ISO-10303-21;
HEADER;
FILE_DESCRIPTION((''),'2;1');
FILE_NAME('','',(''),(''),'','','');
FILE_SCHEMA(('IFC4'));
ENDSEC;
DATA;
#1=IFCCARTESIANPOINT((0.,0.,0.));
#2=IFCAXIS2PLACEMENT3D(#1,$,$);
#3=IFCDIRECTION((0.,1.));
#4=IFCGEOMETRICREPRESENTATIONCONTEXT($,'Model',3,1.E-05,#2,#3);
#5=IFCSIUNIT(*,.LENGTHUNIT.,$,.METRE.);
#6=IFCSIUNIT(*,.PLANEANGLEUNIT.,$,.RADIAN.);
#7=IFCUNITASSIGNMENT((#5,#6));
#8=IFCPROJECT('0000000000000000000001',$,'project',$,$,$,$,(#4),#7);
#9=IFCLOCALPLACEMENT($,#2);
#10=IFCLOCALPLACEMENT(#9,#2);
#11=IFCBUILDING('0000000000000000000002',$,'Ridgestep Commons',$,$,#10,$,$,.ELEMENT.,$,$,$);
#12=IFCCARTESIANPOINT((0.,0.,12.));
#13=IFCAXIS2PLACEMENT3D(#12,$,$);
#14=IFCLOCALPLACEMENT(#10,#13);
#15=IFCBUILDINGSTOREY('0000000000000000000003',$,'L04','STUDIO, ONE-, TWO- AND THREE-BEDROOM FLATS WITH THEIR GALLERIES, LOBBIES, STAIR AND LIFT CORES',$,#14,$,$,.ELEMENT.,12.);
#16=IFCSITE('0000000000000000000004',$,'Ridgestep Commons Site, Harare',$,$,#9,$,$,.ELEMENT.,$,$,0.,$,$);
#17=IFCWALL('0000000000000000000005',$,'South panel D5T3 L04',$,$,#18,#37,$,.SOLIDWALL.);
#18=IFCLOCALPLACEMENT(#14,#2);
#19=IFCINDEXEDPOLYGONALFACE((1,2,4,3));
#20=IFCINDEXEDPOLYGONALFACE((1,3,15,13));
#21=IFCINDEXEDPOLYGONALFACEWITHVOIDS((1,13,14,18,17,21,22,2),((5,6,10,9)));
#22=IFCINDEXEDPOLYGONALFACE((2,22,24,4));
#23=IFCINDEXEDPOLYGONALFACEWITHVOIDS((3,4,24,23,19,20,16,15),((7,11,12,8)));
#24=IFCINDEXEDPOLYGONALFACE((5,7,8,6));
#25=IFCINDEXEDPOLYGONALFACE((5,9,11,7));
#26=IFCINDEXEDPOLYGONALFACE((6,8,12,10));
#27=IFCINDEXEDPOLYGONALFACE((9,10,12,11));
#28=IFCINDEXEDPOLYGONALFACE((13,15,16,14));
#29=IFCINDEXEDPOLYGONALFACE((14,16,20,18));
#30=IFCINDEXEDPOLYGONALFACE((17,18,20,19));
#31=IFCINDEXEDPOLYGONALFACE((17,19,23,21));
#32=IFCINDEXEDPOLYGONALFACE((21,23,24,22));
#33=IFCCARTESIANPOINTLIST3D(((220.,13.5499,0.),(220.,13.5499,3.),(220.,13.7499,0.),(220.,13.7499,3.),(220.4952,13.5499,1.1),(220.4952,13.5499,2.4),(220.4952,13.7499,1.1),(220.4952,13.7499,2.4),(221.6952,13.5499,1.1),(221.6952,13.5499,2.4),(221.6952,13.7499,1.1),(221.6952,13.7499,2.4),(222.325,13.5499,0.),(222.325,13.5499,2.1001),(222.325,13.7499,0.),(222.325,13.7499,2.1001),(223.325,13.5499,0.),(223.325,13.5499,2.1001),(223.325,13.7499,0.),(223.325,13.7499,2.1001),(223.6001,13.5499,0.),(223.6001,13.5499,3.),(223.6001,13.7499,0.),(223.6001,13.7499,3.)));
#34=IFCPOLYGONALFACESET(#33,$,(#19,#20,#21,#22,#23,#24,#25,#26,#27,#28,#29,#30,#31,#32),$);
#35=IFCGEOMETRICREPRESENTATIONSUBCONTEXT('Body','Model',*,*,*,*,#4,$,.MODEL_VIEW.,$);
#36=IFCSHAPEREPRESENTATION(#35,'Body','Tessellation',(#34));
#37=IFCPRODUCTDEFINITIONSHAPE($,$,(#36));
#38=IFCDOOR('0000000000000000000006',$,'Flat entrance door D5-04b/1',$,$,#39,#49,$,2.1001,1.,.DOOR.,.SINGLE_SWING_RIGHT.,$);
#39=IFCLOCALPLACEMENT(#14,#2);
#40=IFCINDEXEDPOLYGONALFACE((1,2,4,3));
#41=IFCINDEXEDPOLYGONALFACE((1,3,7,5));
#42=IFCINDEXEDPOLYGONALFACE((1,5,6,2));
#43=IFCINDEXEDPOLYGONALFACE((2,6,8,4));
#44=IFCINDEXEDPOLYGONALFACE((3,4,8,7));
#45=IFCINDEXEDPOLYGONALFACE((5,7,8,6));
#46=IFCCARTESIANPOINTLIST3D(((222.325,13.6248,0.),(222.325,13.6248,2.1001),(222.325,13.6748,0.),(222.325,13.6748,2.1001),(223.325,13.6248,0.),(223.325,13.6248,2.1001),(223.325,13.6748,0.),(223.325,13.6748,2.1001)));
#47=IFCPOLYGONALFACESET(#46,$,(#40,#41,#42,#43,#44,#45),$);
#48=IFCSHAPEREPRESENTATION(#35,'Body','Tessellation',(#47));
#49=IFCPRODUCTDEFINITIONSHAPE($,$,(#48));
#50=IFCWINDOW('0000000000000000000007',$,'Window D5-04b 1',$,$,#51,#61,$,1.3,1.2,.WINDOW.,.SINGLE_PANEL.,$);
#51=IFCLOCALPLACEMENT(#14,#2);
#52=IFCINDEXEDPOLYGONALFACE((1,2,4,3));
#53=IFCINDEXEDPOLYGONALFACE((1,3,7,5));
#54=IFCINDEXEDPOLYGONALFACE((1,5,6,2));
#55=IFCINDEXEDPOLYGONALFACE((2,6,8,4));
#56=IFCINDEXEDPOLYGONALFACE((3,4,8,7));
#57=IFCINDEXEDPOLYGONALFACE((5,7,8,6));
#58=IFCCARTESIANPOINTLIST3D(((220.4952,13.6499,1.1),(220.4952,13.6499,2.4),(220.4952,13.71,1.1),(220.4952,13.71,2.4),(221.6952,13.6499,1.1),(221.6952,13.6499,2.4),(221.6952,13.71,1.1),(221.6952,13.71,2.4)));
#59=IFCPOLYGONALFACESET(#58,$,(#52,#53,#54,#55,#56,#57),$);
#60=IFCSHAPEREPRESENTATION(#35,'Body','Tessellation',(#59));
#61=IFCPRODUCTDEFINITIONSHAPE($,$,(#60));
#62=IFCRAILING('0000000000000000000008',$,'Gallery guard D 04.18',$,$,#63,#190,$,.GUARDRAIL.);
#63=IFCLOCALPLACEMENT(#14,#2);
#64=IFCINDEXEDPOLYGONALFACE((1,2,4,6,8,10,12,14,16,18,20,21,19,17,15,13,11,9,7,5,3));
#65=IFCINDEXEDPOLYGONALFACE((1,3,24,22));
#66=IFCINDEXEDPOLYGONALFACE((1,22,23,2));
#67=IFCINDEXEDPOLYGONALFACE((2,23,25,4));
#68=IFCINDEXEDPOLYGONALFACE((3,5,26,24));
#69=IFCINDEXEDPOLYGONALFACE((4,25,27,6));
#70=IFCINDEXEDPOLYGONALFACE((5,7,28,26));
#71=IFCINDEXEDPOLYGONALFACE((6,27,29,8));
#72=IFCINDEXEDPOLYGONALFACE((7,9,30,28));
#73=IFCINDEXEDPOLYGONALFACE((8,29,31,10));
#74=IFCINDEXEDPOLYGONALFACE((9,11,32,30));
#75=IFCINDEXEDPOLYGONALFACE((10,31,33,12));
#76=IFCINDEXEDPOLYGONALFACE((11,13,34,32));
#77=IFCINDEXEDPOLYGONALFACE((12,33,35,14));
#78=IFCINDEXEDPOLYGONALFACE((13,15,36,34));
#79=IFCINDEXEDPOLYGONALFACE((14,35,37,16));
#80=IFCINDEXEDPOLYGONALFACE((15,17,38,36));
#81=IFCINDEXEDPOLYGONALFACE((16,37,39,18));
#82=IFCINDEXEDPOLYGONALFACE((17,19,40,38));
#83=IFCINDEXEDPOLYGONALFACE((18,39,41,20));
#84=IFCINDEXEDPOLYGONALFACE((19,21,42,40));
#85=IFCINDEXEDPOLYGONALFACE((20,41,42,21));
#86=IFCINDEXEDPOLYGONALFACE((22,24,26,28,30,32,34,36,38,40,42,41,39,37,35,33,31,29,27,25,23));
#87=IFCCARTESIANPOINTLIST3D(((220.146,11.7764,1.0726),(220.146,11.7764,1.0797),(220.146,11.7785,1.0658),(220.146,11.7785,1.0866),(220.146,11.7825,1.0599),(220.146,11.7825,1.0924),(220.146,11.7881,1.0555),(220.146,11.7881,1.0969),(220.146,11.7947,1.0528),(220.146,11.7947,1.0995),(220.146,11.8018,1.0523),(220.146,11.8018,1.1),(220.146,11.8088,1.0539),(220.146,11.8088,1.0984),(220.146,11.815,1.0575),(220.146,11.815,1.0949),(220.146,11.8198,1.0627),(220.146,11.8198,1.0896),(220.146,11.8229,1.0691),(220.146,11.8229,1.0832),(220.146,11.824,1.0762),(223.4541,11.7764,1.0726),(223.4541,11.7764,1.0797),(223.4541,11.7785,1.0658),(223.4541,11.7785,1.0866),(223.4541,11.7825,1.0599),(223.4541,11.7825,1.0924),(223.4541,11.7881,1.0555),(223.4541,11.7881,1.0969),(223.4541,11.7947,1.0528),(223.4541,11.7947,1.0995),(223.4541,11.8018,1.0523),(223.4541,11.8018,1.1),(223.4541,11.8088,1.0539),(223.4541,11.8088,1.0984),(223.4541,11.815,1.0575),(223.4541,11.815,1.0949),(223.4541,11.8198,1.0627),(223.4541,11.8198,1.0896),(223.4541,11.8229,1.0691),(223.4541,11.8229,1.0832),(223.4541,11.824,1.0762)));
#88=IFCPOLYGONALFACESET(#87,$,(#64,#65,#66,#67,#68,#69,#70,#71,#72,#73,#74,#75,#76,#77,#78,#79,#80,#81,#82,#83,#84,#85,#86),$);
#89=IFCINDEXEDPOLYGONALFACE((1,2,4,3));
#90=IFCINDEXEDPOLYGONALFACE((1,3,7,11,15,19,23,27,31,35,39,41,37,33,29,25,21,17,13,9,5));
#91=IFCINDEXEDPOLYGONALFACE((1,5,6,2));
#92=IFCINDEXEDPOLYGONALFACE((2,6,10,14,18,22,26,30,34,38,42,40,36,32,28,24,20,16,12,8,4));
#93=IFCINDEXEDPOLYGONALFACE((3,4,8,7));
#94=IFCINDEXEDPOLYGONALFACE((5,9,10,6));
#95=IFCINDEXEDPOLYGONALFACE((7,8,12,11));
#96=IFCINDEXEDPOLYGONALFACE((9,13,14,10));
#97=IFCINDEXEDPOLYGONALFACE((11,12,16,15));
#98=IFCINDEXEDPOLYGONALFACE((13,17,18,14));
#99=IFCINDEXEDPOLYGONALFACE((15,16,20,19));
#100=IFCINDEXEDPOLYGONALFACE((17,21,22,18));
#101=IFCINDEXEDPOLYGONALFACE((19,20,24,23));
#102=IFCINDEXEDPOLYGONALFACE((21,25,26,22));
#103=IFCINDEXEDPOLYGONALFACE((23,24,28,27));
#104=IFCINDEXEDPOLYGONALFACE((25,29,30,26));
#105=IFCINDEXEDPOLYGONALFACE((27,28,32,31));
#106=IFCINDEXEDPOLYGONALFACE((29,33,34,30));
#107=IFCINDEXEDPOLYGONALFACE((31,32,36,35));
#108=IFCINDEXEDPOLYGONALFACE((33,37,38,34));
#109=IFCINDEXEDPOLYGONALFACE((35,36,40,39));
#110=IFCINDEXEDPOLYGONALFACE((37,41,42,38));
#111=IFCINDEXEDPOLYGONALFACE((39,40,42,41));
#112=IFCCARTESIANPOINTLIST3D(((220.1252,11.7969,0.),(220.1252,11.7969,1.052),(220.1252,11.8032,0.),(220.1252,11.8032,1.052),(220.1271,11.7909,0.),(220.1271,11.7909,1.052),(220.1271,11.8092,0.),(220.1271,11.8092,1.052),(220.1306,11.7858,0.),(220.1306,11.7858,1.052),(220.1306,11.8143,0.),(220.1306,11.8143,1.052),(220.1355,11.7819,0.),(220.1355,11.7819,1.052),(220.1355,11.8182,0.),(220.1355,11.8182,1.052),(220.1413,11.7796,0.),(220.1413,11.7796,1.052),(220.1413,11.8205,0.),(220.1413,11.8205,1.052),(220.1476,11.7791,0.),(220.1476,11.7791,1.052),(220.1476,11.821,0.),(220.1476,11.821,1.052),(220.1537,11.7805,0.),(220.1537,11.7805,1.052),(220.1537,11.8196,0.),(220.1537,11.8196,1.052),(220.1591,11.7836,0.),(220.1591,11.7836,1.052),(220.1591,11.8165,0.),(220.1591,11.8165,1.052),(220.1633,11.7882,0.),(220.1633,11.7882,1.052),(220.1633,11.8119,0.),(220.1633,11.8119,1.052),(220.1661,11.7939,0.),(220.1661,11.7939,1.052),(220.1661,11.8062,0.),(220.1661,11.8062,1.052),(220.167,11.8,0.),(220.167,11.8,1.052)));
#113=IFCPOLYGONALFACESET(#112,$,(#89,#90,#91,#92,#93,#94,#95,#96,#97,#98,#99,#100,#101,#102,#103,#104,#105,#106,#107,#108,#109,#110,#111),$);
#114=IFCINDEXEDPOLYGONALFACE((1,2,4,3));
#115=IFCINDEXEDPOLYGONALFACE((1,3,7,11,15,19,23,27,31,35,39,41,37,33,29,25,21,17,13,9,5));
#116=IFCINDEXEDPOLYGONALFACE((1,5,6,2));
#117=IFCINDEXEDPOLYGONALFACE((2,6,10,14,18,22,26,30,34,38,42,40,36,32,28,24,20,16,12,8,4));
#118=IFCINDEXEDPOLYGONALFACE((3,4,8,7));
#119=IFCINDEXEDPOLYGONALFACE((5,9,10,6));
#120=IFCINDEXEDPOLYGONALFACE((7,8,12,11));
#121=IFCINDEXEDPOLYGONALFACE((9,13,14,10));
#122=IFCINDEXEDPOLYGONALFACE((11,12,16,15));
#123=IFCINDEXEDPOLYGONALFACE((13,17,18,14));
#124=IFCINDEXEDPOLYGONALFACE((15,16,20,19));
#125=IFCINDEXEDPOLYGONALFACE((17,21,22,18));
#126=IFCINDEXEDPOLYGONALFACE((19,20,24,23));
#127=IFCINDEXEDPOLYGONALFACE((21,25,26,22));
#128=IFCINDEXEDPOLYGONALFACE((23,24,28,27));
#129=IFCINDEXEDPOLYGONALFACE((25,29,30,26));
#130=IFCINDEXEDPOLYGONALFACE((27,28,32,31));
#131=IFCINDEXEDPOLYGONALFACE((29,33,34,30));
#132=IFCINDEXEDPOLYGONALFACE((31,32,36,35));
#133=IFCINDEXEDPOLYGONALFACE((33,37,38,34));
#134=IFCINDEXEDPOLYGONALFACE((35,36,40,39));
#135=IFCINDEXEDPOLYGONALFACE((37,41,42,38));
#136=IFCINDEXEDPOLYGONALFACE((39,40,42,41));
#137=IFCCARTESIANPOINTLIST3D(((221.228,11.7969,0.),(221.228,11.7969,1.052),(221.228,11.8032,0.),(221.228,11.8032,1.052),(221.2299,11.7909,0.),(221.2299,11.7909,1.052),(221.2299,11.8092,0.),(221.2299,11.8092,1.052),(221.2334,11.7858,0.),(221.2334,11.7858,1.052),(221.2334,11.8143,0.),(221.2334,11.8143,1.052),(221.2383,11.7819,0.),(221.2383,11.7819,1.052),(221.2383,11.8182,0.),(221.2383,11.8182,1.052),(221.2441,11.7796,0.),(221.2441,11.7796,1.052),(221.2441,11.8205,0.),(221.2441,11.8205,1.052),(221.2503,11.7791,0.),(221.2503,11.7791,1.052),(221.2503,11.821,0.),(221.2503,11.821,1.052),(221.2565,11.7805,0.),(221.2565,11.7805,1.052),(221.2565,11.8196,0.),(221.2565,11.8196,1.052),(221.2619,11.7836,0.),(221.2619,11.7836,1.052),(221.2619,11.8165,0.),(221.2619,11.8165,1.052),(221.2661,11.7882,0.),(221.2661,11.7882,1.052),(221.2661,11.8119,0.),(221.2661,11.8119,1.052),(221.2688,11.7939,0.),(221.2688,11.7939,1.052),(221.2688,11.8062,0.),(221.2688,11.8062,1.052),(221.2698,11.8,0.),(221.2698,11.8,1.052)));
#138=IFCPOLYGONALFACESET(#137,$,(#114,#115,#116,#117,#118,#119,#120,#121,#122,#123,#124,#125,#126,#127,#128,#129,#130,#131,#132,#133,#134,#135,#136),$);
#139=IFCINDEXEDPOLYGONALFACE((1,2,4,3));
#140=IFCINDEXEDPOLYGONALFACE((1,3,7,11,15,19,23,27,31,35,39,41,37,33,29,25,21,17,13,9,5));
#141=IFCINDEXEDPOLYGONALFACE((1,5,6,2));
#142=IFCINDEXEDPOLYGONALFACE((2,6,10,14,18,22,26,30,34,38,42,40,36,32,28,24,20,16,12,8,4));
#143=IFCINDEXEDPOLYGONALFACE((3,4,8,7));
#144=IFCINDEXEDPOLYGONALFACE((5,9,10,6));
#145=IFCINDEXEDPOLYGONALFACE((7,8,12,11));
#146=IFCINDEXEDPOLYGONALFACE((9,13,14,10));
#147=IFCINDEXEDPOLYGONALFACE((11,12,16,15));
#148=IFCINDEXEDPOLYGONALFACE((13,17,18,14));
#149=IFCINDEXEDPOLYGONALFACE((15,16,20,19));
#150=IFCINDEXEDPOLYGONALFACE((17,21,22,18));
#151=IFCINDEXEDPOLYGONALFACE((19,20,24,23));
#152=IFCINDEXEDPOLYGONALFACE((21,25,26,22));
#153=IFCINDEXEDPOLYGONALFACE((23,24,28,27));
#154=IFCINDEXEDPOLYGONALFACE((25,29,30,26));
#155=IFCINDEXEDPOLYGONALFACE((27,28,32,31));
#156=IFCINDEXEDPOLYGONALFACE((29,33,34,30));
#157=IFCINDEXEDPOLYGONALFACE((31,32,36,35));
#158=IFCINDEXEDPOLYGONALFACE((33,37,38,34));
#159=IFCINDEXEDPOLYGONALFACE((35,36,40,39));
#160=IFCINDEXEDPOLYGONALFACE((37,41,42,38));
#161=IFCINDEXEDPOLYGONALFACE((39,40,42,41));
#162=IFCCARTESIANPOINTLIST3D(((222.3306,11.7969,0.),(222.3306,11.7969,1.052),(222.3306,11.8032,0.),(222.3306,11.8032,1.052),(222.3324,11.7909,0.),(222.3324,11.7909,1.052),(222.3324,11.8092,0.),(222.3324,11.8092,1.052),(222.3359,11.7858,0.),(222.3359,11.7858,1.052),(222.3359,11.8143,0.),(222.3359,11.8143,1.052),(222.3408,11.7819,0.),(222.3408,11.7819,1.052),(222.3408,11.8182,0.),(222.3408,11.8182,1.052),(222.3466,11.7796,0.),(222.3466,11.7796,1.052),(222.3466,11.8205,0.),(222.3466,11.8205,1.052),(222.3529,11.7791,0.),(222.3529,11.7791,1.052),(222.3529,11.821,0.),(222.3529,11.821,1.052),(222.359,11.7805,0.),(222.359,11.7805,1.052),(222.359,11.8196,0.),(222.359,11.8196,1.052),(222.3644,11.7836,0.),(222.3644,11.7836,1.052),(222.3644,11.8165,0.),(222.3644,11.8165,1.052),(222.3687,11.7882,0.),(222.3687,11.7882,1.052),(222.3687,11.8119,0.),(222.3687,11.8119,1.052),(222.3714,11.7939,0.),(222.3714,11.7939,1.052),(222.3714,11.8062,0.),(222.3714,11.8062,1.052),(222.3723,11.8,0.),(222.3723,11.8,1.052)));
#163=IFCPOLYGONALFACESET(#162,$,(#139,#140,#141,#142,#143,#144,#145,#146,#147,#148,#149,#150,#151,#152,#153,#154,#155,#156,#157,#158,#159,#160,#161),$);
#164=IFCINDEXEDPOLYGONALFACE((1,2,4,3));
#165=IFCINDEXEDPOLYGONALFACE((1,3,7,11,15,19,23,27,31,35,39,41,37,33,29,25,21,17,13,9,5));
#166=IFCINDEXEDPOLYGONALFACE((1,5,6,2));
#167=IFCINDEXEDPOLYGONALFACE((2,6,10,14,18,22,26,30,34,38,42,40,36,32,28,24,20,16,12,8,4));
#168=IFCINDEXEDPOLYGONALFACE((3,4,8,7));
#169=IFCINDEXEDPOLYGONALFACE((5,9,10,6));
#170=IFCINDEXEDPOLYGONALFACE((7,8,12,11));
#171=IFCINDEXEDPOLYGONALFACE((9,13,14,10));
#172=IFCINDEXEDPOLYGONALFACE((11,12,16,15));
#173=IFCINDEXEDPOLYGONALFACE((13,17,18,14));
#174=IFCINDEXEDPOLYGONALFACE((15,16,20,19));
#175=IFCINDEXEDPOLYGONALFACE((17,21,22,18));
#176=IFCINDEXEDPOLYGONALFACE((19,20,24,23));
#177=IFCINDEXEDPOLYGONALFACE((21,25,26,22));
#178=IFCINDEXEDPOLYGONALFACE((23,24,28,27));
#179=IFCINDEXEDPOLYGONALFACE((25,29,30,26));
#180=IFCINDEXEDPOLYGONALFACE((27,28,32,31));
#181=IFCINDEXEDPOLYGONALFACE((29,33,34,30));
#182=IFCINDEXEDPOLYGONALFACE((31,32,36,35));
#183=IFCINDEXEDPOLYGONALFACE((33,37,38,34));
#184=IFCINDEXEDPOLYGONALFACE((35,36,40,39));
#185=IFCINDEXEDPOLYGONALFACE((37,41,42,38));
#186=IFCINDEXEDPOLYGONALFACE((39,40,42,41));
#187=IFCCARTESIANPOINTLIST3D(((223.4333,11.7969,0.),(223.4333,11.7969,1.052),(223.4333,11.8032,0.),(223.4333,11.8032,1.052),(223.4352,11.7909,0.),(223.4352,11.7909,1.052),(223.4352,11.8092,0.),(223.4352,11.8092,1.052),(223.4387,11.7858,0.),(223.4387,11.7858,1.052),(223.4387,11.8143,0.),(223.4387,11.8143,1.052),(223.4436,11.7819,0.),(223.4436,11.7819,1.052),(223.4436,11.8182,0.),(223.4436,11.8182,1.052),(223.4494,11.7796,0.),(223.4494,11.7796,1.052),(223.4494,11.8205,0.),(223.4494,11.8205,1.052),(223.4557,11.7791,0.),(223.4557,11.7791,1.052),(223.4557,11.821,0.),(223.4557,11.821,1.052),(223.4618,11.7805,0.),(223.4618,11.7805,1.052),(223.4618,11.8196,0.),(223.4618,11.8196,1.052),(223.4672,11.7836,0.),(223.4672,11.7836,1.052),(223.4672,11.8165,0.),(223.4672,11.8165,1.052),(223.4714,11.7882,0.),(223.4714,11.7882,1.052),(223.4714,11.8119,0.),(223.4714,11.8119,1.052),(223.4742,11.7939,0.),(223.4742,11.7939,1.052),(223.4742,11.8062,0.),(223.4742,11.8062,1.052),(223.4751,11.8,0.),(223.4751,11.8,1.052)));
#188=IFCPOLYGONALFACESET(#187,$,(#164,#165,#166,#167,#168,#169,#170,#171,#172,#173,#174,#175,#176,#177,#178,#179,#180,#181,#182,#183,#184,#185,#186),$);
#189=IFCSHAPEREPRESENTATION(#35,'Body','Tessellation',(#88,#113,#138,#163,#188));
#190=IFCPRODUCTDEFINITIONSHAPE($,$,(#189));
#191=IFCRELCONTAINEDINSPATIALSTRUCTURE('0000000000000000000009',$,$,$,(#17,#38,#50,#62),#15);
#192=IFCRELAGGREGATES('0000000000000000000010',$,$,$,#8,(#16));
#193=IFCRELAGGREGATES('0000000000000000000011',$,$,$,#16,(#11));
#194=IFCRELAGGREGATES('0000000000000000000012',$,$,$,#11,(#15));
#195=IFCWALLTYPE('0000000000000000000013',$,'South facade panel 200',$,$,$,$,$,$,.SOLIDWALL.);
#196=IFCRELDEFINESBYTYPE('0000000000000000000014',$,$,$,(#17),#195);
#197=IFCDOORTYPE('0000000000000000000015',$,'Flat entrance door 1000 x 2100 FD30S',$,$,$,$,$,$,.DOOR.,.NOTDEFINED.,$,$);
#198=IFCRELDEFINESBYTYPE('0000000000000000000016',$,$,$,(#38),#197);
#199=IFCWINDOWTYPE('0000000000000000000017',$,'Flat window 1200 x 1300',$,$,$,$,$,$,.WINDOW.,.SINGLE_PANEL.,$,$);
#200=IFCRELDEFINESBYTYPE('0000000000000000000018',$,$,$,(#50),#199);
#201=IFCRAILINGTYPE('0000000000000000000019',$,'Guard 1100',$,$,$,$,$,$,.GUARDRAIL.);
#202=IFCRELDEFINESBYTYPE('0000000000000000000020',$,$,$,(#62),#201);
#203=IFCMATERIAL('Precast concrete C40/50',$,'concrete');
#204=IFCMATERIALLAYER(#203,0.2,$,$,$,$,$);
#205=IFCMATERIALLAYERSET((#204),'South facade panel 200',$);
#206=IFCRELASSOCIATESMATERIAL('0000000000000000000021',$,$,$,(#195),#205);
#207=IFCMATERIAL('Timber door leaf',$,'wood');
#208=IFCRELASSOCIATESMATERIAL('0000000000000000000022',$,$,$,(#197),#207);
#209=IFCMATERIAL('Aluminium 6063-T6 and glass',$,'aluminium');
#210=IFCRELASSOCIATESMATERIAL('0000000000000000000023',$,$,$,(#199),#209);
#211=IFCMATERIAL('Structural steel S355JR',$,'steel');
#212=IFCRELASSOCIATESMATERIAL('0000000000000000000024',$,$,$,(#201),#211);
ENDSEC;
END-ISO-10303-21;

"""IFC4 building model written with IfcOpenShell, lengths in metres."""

from ifc_helpers import new_model, si_unit, direction, frame, frame_2d, origin, origin_2d, place, context, subcontext, project, spatial, rectangle, circle, extrude, material, layer, layer_set, type_object, element, fill, save


model = new_model("IFC4")

# Units and contexts
model_context = context("Model", 3, precision=1e-05, world=origin(), true_north=direction((0.0, 1.0)))
body_context = subcontext(model_context, "Body", "Model", "MODEL_VIEW")
ifc_project = project(units=[si_unit("LENGTHUNIT", "METRE"), si_unit("PLANEANGLEUNIT", "RADIAN")], contexts=[model_context])

# Site, building, storey
site_placement = place(None, origin())
site = spatial("IfcSite", under=ifc_project, at=site_placement, Name="Ridgestep Commons Site, Harare", CompositionType="ELEMENT", RefElevation=0.0)
building_placement = place(site_placement, origin())
building = spatial("IfcBuilding", under=site, at=building_placement, Name="Ridgestep Commons", CompositionType="ELEMENT")
storey_placement = place(building_placement, frame((0.0, 0.0, 12.0)))
storey = spatial("IfcBuildingStorey", under=building, at=storey_placement, Name="L04", Description="STUDIO, ONE-, TWO- AND THREE-BEDROOM FLATS WITH THEIR GALLERIES, LOBBIES, STAIR AND LIFT CORES", CompositionType="ELEMENT", Elevation=12.0)

# Wall, openings, door, window
ifc_material_1 = material(Name="Precast concrete C40/50", Category="concrete")
ifc_layer_1 = layer(ifc_material_1, 0.2)
ifc_layer_set_1 = layer_set([ifc_layer_1], Name="South facade panel 200")
wall_type_1 = type_object("IfcWallType", Name="South facade panel 200", PredefinedType="SOLIDWALL", material=ifc_layer_set_1)
wall_1_placement = place(storey_placement, frame((220.0, 13.6499, 0.0), z_axis=(0.0, 0.0, 1.0), x_axis=(1.0, 0.0, 0.0)))
wall_1 = element("IfcWall", 1, at=wall_1_placement, inside=storey, type_object=wall_type_1, Name="South panel D5T3 L04", PredefinedType="SOLIDWALL", context=body_context, shape_type="SweptSolid", body=[
    extrude(rectangle(XDim=3.6001, YDim=0.2, at=frame_2d((1.8, 0.0))), origin(), (0.0, 0.0, 1.0), 3.0),
])
opening_1_placement = place(wall_1_placement, frame((0.4951, 0.0, 1.1001)))
opening_1 = element("IfcOpeningElement", 2, at=opening_1_placement, cuts=wall_1, PredefinedType="OPENING", context=body_context, shape_type="SweptSolid", body=[
    extrude(rectangle(XDim=1.2, YDim=1.3, at=frame_2d((0.6001, 0.6499))), frame((0.0, 0.1099, 0.0), z_axis=(0.0, -1.0, 0.0), x_axis=(1.0, 0.0, 0.0)), (0.0, 0.0, 1.0), 0.22),
])
opening_2_placement = place(wall_1_placement, frame((2.325, 0.0, 0.0)))
opening_2 = element("IfcOpeningElement", 3, at=opening_2_placement, cuts=wall_1, PredefinedType="OPENING", context=body_context, shape_type="SweptSolid", body=[
    extrude(rectangle(XDim=1.0, YDim=2.1001, at=frame_2d((0.5, 1.05))), frame((0.0, 0.1099, 0.0), z_axis=(0.0, -1.0, 0.0), x_axis=(1.0, 0.0, 0.0)), (0.0, 0.0, 1.0), 0.22),
])
ifc_material_2 = material(Name="Timber door leaf", Category="wood")
door_type_1 = type_object("IfcDoorType", Name="Flat entrance door 1000 x 2100 FD30S", OperationType="NOTDEFINED", PredefinedType="DOOR", material=ifc_material_2)
door_1_placement = place(opening_2_placement, origin())
door_1 = element("IfcDoor", 4, at=door_1_placement, inside=storey, type_object=door_type_1, Name="Flat entrance door D5-04b/1", OperationType="SINGLE_SWING_RIGHT", OverallHeight=2.1001, OverallWidth=1.0, PredefinedType="DOOR", context=body_context, shape_type="SweptSolid", body=[
    extrude(rectangle(XDim=1.0, YDim=2.1001, at=frame_2d((0.5, 1.05))), frame((0.0, 0.0249, 0.0), z_axis=(0.0, -1.0, 0.0), x_axis=(1.0, 0.0, 0.0)), (0.0, 0.0, 1.0), 0.05),
])
fill(opening_2, door_1)
ifc_material_3 = material(Name="Aluminium 6063-T6 and glass", Category="aluminium")
window_type = type_object("IfcWindowType", Name="Flat window 1200 x 1300", PartitioningType="SINGLE_PANEL", PredefinedType="WINDOW", material=ifc_material_3)
window_placement = place(opening_1_placement, origin())
window = element("IfcWindow", 5, at=window_placement, inside=storey, type_object=window_type, Name="Window D5-04b 1", OverallHeight=1.3, OverallWidth=1.2, PartitioningType="SINGLE_PANEL", PredefinedType="WINDOW", context=body_context, shape_type="SweptSolid", body=[
    extrude(rectangle(XDim=1.2, YDim=1.3, at=frame_2d((0.6001, 0.6499))), frame((0.0, 0.0601, 0.0), z_axis=(0.0, -1.0, 0.0), x_axis=(1.0, 0.0, 0.0)), (0.0, 0.0, 1.0), 0.0601),
])
fill(opening_1, window)

# Railing
ifc_material_4 = material(Name="Structural steel S355JR", Category="steel")
railing_type_1 = type_object("IfcRailingType", Name="Guard 1100", PredefinedType="GUARDRAIL", material=ifc_material_4)
railing_1_placement = place(storey_placement, frame((220.146, 11.8, 0.0)))
element("IfcRailing", 6, at=railing_1_placement, inside=storey, type_object=railing_type_1, Name="Gallery guard D 04.18", PredefinedType="GUARDRAIL", context=body_context, shape_type="SweptSolid", body=[
    extrude(circle(Radius=0.0239, at=origin_2d()), frame((0.0, 0.0, 1.0762), z_axis=(1.0, 0.0, 0.0), x_axis=(0.0, 1.0, 0.0)), (0.0, 0.0, 1.0), 3.3081),
    extrude(circle(Radius=0.021, at=origin_2d()), origin(), (0.0, 0.0, 1.0), 1.052),
    extrude(circle(Radius=0.021, at=origin_2d()), frame((1.1028, 0.0, 0.0)), (0.0, 0.0, 1.0), 1.052),
    extrude(circle(Radius=0.021, at=origin_2d()), frame((2.2053, 0.0, 0.0)), (0.0, 0.0, 1.0), 1.052),
    extrude(circle(Radius=0.021, at=origin_2d()), frame((3.3081, 0.0, 0.0)), (0.0, 0.0, 1.0), 1.052),
])

save(model, "model.ifc")
